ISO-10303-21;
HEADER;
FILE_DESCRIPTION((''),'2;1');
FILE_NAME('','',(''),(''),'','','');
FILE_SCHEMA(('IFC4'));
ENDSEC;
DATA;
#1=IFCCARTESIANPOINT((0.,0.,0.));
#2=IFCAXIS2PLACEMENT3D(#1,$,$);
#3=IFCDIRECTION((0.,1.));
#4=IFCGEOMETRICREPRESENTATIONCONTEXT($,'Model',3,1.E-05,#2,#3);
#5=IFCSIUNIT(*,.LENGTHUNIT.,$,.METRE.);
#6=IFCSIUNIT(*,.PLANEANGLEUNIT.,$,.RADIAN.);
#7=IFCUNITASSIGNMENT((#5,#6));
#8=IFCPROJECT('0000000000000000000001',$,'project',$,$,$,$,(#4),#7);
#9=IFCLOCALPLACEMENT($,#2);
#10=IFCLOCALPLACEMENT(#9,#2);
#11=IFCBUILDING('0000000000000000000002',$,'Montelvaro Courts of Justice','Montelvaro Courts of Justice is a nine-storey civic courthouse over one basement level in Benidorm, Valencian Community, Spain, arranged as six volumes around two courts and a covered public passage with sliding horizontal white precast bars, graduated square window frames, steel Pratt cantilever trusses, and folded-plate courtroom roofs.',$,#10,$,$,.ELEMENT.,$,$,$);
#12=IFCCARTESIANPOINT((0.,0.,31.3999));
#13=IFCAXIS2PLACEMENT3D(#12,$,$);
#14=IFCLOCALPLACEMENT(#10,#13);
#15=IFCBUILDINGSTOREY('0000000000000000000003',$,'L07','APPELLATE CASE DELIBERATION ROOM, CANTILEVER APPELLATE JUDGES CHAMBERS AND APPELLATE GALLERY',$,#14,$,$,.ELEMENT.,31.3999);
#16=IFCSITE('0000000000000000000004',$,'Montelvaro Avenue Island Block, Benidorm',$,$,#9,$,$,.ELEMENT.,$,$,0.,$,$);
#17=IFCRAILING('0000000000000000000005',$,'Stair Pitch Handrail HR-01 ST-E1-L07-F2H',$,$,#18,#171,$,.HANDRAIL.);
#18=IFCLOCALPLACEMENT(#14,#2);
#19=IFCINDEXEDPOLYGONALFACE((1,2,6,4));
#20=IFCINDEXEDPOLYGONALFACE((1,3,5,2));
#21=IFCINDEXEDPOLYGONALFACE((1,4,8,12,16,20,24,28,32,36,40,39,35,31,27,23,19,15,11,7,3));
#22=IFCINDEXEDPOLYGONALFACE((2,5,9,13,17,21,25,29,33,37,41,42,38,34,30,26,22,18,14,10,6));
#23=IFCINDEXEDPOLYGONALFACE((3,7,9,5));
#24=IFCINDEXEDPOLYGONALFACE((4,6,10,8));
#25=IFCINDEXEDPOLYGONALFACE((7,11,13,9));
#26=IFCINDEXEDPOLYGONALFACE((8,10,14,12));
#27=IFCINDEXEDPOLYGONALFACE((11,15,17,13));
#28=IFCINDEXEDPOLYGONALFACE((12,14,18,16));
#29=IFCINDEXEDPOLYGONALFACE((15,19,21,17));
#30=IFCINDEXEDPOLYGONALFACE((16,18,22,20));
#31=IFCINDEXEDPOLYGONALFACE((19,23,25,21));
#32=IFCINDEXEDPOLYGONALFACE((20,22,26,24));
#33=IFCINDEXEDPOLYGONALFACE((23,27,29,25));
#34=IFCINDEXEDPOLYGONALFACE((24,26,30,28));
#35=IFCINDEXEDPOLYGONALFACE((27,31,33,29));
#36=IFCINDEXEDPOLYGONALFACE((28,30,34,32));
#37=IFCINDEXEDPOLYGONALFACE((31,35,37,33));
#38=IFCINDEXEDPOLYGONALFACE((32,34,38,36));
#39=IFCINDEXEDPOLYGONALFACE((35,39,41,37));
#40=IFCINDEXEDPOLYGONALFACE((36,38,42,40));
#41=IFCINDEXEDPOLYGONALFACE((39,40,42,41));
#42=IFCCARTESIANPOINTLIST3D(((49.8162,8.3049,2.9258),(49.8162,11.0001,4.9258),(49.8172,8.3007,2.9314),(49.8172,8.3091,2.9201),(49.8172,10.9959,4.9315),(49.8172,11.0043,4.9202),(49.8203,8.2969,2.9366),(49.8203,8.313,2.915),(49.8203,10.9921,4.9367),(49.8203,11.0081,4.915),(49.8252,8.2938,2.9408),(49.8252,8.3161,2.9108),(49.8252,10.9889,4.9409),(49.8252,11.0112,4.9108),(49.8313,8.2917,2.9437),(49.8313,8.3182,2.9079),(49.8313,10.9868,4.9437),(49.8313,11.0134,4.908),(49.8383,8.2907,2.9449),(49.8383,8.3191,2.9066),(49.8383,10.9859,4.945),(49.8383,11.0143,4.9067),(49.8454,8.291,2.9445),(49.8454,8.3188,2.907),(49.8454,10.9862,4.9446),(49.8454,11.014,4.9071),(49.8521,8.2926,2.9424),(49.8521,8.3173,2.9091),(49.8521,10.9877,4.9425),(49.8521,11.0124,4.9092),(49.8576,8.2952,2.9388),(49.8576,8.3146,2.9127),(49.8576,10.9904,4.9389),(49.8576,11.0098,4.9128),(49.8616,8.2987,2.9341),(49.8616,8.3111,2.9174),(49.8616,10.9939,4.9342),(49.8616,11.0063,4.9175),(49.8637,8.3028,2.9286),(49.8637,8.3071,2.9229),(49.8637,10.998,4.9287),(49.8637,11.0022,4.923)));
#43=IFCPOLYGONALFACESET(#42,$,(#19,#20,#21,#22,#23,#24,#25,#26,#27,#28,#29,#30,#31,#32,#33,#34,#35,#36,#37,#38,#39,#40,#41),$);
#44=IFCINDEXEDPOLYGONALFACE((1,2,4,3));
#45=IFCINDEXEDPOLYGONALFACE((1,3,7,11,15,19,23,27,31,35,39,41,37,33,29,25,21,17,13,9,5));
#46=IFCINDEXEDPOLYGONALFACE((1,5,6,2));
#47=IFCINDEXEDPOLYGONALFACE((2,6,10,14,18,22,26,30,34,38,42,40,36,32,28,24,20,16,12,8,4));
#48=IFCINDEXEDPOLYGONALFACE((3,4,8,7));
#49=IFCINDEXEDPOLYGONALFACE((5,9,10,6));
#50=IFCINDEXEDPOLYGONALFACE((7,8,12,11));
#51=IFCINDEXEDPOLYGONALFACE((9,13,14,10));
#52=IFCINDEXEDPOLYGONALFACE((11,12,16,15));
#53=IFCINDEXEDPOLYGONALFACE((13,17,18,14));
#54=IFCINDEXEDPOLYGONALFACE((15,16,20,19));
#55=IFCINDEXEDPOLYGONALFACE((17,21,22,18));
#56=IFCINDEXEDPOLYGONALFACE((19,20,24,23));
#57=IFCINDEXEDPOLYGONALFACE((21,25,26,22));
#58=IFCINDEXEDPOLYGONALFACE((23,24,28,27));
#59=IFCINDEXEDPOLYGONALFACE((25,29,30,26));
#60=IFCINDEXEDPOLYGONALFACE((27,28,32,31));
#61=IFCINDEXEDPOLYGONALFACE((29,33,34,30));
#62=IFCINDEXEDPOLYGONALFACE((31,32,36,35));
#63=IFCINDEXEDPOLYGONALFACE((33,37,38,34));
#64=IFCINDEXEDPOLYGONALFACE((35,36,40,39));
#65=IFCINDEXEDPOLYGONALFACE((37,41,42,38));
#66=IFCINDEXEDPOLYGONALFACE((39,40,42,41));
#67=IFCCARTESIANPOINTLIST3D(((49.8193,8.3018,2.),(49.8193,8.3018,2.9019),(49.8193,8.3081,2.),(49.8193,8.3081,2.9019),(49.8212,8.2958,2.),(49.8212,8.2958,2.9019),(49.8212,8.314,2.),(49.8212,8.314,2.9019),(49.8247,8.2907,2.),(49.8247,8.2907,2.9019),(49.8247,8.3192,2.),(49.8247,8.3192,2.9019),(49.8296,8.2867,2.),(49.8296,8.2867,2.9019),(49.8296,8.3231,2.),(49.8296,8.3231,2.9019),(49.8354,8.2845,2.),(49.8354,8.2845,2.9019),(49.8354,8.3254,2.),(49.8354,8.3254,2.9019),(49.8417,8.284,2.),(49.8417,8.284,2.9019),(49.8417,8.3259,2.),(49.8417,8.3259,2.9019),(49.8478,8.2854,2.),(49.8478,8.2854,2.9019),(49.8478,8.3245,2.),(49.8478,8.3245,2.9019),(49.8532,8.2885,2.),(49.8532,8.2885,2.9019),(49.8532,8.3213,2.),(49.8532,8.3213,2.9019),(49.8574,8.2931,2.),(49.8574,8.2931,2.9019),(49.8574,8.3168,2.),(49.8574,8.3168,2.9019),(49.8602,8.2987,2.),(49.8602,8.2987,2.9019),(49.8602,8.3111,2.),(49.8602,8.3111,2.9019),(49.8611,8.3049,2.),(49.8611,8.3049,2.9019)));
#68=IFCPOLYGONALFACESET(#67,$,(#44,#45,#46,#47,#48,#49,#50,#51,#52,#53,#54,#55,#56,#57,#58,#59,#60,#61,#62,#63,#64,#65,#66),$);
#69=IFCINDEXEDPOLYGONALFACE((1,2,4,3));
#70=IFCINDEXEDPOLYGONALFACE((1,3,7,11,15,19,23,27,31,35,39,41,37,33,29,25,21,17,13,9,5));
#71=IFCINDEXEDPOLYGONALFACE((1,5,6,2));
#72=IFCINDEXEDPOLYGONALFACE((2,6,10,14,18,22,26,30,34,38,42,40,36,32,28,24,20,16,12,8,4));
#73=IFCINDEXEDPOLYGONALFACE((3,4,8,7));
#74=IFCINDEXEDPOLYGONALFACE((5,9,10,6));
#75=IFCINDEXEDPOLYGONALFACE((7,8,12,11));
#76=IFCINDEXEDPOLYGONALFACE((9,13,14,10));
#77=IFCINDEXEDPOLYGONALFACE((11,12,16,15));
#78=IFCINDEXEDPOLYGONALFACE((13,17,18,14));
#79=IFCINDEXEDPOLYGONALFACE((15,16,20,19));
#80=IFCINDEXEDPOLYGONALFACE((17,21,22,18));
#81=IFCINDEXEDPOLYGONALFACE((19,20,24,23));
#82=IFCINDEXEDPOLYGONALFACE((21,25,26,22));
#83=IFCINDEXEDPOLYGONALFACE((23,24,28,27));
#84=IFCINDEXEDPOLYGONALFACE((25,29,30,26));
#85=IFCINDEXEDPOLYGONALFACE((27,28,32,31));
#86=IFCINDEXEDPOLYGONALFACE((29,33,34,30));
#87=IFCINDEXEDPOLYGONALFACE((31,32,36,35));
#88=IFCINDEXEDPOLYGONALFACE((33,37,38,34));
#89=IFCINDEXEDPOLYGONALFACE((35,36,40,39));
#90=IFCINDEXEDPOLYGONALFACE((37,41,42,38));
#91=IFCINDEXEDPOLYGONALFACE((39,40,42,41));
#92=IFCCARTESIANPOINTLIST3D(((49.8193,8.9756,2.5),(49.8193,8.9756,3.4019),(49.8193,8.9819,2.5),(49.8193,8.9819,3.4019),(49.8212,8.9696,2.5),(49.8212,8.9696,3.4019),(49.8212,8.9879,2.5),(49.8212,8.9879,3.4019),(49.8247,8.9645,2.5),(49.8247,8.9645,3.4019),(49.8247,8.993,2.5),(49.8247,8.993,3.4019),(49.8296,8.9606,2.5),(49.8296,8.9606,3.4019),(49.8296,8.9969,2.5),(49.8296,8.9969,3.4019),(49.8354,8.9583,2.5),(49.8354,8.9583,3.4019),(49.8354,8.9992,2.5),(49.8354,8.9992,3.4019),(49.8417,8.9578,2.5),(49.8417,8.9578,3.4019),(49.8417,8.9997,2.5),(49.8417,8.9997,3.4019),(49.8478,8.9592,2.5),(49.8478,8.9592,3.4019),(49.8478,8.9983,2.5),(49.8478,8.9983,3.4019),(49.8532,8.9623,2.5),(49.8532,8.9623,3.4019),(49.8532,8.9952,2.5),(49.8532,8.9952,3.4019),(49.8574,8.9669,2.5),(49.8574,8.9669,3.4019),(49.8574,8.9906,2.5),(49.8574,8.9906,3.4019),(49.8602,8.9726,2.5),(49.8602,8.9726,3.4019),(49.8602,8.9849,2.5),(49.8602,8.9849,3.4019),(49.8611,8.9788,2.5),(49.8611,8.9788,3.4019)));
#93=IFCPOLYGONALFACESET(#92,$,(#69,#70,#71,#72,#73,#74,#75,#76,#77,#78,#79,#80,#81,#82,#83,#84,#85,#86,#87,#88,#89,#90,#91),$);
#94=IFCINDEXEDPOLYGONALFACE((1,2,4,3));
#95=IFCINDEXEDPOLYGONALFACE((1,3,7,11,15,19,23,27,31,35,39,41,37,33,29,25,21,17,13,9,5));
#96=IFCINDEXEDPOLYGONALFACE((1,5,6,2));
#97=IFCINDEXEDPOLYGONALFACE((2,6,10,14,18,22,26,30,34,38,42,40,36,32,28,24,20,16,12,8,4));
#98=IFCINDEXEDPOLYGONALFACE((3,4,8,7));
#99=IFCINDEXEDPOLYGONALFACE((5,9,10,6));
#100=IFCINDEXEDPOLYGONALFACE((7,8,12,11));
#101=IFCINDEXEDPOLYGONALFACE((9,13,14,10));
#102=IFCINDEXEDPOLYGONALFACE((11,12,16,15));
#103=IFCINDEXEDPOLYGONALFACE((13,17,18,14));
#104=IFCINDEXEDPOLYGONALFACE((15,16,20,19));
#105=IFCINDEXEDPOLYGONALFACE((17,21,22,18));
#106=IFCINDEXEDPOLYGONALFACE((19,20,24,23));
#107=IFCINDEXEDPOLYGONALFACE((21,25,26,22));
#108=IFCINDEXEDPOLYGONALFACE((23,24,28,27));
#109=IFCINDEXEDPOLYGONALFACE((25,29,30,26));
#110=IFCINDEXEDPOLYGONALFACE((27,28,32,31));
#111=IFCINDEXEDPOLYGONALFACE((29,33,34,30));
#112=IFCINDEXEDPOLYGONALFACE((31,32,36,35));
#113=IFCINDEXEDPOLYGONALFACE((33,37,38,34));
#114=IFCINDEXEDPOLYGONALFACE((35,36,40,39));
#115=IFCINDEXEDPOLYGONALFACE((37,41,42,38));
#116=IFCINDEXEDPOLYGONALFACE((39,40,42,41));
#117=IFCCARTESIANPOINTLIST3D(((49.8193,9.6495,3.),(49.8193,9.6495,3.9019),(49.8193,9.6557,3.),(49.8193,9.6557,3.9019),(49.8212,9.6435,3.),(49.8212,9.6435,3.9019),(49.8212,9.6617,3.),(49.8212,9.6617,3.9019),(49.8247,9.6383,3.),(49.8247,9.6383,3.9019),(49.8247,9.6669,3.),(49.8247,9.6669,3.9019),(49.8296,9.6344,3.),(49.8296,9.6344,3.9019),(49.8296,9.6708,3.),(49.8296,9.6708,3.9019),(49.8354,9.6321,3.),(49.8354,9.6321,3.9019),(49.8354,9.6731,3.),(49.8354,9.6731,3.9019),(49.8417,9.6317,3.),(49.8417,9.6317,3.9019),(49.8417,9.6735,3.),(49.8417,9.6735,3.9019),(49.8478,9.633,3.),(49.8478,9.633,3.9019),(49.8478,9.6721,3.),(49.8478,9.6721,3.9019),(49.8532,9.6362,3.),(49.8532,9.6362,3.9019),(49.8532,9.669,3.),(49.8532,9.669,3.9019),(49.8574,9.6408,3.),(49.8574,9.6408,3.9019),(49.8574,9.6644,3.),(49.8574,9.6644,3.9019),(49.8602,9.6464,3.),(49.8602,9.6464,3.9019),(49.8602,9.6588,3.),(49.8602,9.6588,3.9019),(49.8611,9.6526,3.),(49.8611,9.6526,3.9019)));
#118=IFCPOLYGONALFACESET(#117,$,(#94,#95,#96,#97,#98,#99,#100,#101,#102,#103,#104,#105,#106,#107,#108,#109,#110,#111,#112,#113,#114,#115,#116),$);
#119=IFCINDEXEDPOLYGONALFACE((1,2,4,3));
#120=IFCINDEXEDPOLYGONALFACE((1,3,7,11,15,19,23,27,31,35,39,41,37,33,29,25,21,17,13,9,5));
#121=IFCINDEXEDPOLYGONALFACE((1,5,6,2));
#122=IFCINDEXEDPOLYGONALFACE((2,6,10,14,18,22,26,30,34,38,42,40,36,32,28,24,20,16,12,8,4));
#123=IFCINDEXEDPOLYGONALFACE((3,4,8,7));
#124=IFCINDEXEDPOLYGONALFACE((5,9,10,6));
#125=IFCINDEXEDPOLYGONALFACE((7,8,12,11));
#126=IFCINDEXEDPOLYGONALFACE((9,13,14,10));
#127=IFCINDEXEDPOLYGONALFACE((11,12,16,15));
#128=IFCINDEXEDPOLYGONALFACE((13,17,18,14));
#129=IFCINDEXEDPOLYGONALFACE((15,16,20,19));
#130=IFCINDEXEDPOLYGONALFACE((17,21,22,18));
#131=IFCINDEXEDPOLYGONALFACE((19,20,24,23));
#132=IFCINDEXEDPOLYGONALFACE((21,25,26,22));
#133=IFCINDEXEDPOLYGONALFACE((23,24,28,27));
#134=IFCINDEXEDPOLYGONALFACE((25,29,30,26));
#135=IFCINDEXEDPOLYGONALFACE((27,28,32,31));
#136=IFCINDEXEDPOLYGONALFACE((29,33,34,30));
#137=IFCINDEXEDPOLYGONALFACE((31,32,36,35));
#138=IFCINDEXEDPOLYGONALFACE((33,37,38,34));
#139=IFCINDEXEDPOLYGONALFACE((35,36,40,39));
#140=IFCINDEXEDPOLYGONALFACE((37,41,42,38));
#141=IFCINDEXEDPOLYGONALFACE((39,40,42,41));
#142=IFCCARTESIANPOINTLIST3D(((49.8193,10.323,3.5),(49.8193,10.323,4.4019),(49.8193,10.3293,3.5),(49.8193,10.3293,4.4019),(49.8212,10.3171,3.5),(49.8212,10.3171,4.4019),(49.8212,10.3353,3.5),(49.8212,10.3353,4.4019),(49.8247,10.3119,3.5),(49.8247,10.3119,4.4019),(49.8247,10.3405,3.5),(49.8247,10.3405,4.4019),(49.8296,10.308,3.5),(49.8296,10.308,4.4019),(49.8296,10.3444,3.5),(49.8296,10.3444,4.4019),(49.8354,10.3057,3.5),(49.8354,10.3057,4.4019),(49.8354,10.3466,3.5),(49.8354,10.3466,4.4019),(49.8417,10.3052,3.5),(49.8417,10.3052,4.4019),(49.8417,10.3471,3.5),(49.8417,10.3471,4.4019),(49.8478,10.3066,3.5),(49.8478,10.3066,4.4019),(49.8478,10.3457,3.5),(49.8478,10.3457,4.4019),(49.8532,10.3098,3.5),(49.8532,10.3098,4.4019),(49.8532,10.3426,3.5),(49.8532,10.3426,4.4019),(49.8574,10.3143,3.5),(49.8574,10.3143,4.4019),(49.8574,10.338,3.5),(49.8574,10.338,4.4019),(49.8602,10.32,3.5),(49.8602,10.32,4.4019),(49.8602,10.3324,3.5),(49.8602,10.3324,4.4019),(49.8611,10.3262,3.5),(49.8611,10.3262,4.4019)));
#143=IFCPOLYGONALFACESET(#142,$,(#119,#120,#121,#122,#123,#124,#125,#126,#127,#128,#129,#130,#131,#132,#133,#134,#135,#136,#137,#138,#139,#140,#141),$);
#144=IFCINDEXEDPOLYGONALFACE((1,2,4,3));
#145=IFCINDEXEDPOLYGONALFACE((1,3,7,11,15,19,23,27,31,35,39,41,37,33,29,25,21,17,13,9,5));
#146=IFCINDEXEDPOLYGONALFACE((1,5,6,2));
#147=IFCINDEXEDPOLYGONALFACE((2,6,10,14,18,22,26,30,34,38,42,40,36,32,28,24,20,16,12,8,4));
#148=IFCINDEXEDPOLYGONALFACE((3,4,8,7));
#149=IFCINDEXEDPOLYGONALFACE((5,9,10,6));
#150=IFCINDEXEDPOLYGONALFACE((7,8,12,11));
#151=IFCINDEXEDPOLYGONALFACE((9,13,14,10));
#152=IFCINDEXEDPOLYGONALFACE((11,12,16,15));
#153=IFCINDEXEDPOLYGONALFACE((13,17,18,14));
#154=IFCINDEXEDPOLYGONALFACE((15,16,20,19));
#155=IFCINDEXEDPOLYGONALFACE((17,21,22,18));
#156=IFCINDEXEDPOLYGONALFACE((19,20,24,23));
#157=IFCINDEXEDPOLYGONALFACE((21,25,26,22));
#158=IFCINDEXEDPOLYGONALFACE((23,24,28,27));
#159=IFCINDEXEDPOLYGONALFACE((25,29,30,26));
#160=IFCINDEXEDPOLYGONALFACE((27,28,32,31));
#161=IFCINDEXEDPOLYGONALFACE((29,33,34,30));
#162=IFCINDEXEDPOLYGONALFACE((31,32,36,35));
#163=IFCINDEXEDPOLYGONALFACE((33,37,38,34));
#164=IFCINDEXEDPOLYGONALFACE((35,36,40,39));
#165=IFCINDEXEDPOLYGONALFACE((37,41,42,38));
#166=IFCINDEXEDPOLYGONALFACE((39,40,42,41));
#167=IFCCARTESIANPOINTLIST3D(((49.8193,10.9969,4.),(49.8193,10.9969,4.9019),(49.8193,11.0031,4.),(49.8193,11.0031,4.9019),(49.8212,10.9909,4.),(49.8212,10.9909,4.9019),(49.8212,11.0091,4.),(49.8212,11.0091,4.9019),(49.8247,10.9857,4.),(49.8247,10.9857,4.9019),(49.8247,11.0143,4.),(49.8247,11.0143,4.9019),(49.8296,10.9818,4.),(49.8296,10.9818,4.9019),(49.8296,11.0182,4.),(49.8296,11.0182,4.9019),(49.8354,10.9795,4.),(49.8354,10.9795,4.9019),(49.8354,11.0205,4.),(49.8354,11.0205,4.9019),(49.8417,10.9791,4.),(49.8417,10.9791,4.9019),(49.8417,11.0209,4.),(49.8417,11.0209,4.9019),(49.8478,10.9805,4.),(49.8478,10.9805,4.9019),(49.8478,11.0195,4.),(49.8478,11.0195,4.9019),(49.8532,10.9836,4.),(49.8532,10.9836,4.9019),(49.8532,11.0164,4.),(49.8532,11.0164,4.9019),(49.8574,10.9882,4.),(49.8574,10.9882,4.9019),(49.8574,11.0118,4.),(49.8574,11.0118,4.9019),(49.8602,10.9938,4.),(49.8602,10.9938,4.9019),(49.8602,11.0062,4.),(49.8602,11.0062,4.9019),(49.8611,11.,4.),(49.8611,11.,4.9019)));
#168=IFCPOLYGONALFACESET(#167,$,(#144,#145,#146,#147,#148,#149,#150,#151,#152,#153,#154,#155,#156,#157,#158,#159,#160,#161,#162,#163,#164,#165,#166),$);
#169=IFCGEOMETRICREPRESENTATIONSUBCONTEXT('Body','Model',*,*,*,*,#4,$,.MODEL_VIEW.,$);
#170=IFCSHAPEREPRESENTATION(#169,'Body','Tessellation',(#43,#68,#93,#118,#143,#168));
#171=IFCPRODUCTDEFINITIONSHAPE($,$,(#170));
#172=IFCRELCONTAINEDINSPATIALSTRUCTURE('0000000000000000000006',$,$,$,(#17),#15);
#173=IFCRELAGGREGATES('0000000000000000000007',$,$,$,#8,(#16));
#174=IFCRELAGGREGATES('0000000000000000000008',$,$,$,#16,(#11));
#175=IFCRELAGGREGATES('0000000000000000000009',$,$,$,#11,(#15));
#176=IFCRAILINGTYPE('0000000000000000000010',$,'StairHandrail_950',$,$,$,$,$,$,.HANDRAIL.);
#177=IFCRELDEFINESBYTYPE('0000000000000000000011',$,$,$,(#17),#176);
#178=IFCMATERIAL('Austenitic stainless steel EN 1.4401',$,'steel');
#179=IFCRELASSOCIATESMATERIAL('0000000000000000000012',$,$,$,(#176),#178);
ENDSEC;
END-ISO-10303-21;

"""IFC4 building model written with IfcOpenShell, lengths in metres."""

from ifc_helpers import new_model, si_unit, direction, frame, origin, origin_2d, place, context, subcontext, project, spatial, circle, extrude, material, type_object, element, save


model = new_model("IFC4")

# Units and contexts
model_context = context("Model", 3, precision=1e-05, world=origin(), true_north=direction((0.0, 1.0)))
body_context = subcontext(model_context, "Body", "Model", "MODEL_VIEW")
ifc_project = project(units=[si_unit("LENGTHUNIT", "METRE"), si_unit("PLANEANGLEUNIT", "RADIAN")], contexts=[model_context])

# Site, building, storey
site_placement = place(None, origin())
site = spatial("IfcSite", under=ifc_project, at=site_placement, Name="Montelvaro Avenue Island Block, Benidorm", CompositionType="ELEMENT", RefElevation=0.0)
building_placement = place(site_placement, origin())
building = spatial("IfcBuilding", under=site, at=building_placement, Name="Montelvaro Courts of Justice", Description="Montelvaro Courts of Justice is a nine-storey civic courthouse over one basement level in Benidorm, Valencian Community, Spain, arranged as six volumes around two courts and a covered public passage with sliding horizontal white precast bars, graduated square window frames, steel Pratt cantilever trusses, and folded-plate courtroom roofs.", CompositionType="ELEMENT")
storey_placement = place(building_placement, frame((0.0, 0.0, 31.3999)))
storey = spatial("IfcBuildingStorey", under=building, at=storey_placement, Name="L07", Description="APPELLATE CASE DELIBERATION ROOM, CANTILEVER APPELLATE JUDGES CHAMBERS AND APPELLATE GALLERY", CompositionType="ELEMENT", Elevation=31.3999)

# Railing
ifc_material_1 = material(Name="Austenitic stainless steel EN 1.4401", Category="steel")
railing_type = type_object("IfcRailingType", Name="StairHandrail_950", PredefinedType="HANDRAIL", material=ifc_material_1)
railing_placement = place(storey_placement, frame((49.8401, 8.3049, 2.0)))
element("IfcRailing", 1, at=railing_placement, inside=storey, type_object=railing_type, Name="Stair Pitch Handrail HR-01 ST-E1-L07-F2H", PredefinedType="HANDRAIL", context=body_context, shape_type="SweptSolid", body=[
    extrude(circle(Radius=0.0239, at=origin_2d()), frame((0.0, 0.0, 0.9258), z_axis=(0.0, 0.803036, 0.59593), x_axis=(-1.0, 0.0, 0.0)), (0.0, 0.0, 1.0), 3.3562),
    extrude(circle(Radius=0.021, at=origin_2d()), origin(), (0.0, 0.0, 1.0), 0.9019),
    extrude(circle(Radius=0.021, at=origin_2d()), frame((0.0, 0.6738, 0.5)), (0.0, 0.0, 1.0), 0.9019),
    extrude(circle(Radius=0.021, at=origin_2d()), frame((0.0, 1.3477, 1.0)), (0.0, 0.0, 1.0), 0.9019),
    extrude(circle(Radius=0.021, at=origin_2d()), frame((0.0, 2.0212, 1.5)), (0.0, 0.0, 1.0), 0.9019),
    extrude(circle(Radius=0.021, at=origin_2d()), frame((0.0, 2.6951, 2.0)), (0.0, 0.0, 1.0), 0.9019),
])

save(model, "model.ifc")
